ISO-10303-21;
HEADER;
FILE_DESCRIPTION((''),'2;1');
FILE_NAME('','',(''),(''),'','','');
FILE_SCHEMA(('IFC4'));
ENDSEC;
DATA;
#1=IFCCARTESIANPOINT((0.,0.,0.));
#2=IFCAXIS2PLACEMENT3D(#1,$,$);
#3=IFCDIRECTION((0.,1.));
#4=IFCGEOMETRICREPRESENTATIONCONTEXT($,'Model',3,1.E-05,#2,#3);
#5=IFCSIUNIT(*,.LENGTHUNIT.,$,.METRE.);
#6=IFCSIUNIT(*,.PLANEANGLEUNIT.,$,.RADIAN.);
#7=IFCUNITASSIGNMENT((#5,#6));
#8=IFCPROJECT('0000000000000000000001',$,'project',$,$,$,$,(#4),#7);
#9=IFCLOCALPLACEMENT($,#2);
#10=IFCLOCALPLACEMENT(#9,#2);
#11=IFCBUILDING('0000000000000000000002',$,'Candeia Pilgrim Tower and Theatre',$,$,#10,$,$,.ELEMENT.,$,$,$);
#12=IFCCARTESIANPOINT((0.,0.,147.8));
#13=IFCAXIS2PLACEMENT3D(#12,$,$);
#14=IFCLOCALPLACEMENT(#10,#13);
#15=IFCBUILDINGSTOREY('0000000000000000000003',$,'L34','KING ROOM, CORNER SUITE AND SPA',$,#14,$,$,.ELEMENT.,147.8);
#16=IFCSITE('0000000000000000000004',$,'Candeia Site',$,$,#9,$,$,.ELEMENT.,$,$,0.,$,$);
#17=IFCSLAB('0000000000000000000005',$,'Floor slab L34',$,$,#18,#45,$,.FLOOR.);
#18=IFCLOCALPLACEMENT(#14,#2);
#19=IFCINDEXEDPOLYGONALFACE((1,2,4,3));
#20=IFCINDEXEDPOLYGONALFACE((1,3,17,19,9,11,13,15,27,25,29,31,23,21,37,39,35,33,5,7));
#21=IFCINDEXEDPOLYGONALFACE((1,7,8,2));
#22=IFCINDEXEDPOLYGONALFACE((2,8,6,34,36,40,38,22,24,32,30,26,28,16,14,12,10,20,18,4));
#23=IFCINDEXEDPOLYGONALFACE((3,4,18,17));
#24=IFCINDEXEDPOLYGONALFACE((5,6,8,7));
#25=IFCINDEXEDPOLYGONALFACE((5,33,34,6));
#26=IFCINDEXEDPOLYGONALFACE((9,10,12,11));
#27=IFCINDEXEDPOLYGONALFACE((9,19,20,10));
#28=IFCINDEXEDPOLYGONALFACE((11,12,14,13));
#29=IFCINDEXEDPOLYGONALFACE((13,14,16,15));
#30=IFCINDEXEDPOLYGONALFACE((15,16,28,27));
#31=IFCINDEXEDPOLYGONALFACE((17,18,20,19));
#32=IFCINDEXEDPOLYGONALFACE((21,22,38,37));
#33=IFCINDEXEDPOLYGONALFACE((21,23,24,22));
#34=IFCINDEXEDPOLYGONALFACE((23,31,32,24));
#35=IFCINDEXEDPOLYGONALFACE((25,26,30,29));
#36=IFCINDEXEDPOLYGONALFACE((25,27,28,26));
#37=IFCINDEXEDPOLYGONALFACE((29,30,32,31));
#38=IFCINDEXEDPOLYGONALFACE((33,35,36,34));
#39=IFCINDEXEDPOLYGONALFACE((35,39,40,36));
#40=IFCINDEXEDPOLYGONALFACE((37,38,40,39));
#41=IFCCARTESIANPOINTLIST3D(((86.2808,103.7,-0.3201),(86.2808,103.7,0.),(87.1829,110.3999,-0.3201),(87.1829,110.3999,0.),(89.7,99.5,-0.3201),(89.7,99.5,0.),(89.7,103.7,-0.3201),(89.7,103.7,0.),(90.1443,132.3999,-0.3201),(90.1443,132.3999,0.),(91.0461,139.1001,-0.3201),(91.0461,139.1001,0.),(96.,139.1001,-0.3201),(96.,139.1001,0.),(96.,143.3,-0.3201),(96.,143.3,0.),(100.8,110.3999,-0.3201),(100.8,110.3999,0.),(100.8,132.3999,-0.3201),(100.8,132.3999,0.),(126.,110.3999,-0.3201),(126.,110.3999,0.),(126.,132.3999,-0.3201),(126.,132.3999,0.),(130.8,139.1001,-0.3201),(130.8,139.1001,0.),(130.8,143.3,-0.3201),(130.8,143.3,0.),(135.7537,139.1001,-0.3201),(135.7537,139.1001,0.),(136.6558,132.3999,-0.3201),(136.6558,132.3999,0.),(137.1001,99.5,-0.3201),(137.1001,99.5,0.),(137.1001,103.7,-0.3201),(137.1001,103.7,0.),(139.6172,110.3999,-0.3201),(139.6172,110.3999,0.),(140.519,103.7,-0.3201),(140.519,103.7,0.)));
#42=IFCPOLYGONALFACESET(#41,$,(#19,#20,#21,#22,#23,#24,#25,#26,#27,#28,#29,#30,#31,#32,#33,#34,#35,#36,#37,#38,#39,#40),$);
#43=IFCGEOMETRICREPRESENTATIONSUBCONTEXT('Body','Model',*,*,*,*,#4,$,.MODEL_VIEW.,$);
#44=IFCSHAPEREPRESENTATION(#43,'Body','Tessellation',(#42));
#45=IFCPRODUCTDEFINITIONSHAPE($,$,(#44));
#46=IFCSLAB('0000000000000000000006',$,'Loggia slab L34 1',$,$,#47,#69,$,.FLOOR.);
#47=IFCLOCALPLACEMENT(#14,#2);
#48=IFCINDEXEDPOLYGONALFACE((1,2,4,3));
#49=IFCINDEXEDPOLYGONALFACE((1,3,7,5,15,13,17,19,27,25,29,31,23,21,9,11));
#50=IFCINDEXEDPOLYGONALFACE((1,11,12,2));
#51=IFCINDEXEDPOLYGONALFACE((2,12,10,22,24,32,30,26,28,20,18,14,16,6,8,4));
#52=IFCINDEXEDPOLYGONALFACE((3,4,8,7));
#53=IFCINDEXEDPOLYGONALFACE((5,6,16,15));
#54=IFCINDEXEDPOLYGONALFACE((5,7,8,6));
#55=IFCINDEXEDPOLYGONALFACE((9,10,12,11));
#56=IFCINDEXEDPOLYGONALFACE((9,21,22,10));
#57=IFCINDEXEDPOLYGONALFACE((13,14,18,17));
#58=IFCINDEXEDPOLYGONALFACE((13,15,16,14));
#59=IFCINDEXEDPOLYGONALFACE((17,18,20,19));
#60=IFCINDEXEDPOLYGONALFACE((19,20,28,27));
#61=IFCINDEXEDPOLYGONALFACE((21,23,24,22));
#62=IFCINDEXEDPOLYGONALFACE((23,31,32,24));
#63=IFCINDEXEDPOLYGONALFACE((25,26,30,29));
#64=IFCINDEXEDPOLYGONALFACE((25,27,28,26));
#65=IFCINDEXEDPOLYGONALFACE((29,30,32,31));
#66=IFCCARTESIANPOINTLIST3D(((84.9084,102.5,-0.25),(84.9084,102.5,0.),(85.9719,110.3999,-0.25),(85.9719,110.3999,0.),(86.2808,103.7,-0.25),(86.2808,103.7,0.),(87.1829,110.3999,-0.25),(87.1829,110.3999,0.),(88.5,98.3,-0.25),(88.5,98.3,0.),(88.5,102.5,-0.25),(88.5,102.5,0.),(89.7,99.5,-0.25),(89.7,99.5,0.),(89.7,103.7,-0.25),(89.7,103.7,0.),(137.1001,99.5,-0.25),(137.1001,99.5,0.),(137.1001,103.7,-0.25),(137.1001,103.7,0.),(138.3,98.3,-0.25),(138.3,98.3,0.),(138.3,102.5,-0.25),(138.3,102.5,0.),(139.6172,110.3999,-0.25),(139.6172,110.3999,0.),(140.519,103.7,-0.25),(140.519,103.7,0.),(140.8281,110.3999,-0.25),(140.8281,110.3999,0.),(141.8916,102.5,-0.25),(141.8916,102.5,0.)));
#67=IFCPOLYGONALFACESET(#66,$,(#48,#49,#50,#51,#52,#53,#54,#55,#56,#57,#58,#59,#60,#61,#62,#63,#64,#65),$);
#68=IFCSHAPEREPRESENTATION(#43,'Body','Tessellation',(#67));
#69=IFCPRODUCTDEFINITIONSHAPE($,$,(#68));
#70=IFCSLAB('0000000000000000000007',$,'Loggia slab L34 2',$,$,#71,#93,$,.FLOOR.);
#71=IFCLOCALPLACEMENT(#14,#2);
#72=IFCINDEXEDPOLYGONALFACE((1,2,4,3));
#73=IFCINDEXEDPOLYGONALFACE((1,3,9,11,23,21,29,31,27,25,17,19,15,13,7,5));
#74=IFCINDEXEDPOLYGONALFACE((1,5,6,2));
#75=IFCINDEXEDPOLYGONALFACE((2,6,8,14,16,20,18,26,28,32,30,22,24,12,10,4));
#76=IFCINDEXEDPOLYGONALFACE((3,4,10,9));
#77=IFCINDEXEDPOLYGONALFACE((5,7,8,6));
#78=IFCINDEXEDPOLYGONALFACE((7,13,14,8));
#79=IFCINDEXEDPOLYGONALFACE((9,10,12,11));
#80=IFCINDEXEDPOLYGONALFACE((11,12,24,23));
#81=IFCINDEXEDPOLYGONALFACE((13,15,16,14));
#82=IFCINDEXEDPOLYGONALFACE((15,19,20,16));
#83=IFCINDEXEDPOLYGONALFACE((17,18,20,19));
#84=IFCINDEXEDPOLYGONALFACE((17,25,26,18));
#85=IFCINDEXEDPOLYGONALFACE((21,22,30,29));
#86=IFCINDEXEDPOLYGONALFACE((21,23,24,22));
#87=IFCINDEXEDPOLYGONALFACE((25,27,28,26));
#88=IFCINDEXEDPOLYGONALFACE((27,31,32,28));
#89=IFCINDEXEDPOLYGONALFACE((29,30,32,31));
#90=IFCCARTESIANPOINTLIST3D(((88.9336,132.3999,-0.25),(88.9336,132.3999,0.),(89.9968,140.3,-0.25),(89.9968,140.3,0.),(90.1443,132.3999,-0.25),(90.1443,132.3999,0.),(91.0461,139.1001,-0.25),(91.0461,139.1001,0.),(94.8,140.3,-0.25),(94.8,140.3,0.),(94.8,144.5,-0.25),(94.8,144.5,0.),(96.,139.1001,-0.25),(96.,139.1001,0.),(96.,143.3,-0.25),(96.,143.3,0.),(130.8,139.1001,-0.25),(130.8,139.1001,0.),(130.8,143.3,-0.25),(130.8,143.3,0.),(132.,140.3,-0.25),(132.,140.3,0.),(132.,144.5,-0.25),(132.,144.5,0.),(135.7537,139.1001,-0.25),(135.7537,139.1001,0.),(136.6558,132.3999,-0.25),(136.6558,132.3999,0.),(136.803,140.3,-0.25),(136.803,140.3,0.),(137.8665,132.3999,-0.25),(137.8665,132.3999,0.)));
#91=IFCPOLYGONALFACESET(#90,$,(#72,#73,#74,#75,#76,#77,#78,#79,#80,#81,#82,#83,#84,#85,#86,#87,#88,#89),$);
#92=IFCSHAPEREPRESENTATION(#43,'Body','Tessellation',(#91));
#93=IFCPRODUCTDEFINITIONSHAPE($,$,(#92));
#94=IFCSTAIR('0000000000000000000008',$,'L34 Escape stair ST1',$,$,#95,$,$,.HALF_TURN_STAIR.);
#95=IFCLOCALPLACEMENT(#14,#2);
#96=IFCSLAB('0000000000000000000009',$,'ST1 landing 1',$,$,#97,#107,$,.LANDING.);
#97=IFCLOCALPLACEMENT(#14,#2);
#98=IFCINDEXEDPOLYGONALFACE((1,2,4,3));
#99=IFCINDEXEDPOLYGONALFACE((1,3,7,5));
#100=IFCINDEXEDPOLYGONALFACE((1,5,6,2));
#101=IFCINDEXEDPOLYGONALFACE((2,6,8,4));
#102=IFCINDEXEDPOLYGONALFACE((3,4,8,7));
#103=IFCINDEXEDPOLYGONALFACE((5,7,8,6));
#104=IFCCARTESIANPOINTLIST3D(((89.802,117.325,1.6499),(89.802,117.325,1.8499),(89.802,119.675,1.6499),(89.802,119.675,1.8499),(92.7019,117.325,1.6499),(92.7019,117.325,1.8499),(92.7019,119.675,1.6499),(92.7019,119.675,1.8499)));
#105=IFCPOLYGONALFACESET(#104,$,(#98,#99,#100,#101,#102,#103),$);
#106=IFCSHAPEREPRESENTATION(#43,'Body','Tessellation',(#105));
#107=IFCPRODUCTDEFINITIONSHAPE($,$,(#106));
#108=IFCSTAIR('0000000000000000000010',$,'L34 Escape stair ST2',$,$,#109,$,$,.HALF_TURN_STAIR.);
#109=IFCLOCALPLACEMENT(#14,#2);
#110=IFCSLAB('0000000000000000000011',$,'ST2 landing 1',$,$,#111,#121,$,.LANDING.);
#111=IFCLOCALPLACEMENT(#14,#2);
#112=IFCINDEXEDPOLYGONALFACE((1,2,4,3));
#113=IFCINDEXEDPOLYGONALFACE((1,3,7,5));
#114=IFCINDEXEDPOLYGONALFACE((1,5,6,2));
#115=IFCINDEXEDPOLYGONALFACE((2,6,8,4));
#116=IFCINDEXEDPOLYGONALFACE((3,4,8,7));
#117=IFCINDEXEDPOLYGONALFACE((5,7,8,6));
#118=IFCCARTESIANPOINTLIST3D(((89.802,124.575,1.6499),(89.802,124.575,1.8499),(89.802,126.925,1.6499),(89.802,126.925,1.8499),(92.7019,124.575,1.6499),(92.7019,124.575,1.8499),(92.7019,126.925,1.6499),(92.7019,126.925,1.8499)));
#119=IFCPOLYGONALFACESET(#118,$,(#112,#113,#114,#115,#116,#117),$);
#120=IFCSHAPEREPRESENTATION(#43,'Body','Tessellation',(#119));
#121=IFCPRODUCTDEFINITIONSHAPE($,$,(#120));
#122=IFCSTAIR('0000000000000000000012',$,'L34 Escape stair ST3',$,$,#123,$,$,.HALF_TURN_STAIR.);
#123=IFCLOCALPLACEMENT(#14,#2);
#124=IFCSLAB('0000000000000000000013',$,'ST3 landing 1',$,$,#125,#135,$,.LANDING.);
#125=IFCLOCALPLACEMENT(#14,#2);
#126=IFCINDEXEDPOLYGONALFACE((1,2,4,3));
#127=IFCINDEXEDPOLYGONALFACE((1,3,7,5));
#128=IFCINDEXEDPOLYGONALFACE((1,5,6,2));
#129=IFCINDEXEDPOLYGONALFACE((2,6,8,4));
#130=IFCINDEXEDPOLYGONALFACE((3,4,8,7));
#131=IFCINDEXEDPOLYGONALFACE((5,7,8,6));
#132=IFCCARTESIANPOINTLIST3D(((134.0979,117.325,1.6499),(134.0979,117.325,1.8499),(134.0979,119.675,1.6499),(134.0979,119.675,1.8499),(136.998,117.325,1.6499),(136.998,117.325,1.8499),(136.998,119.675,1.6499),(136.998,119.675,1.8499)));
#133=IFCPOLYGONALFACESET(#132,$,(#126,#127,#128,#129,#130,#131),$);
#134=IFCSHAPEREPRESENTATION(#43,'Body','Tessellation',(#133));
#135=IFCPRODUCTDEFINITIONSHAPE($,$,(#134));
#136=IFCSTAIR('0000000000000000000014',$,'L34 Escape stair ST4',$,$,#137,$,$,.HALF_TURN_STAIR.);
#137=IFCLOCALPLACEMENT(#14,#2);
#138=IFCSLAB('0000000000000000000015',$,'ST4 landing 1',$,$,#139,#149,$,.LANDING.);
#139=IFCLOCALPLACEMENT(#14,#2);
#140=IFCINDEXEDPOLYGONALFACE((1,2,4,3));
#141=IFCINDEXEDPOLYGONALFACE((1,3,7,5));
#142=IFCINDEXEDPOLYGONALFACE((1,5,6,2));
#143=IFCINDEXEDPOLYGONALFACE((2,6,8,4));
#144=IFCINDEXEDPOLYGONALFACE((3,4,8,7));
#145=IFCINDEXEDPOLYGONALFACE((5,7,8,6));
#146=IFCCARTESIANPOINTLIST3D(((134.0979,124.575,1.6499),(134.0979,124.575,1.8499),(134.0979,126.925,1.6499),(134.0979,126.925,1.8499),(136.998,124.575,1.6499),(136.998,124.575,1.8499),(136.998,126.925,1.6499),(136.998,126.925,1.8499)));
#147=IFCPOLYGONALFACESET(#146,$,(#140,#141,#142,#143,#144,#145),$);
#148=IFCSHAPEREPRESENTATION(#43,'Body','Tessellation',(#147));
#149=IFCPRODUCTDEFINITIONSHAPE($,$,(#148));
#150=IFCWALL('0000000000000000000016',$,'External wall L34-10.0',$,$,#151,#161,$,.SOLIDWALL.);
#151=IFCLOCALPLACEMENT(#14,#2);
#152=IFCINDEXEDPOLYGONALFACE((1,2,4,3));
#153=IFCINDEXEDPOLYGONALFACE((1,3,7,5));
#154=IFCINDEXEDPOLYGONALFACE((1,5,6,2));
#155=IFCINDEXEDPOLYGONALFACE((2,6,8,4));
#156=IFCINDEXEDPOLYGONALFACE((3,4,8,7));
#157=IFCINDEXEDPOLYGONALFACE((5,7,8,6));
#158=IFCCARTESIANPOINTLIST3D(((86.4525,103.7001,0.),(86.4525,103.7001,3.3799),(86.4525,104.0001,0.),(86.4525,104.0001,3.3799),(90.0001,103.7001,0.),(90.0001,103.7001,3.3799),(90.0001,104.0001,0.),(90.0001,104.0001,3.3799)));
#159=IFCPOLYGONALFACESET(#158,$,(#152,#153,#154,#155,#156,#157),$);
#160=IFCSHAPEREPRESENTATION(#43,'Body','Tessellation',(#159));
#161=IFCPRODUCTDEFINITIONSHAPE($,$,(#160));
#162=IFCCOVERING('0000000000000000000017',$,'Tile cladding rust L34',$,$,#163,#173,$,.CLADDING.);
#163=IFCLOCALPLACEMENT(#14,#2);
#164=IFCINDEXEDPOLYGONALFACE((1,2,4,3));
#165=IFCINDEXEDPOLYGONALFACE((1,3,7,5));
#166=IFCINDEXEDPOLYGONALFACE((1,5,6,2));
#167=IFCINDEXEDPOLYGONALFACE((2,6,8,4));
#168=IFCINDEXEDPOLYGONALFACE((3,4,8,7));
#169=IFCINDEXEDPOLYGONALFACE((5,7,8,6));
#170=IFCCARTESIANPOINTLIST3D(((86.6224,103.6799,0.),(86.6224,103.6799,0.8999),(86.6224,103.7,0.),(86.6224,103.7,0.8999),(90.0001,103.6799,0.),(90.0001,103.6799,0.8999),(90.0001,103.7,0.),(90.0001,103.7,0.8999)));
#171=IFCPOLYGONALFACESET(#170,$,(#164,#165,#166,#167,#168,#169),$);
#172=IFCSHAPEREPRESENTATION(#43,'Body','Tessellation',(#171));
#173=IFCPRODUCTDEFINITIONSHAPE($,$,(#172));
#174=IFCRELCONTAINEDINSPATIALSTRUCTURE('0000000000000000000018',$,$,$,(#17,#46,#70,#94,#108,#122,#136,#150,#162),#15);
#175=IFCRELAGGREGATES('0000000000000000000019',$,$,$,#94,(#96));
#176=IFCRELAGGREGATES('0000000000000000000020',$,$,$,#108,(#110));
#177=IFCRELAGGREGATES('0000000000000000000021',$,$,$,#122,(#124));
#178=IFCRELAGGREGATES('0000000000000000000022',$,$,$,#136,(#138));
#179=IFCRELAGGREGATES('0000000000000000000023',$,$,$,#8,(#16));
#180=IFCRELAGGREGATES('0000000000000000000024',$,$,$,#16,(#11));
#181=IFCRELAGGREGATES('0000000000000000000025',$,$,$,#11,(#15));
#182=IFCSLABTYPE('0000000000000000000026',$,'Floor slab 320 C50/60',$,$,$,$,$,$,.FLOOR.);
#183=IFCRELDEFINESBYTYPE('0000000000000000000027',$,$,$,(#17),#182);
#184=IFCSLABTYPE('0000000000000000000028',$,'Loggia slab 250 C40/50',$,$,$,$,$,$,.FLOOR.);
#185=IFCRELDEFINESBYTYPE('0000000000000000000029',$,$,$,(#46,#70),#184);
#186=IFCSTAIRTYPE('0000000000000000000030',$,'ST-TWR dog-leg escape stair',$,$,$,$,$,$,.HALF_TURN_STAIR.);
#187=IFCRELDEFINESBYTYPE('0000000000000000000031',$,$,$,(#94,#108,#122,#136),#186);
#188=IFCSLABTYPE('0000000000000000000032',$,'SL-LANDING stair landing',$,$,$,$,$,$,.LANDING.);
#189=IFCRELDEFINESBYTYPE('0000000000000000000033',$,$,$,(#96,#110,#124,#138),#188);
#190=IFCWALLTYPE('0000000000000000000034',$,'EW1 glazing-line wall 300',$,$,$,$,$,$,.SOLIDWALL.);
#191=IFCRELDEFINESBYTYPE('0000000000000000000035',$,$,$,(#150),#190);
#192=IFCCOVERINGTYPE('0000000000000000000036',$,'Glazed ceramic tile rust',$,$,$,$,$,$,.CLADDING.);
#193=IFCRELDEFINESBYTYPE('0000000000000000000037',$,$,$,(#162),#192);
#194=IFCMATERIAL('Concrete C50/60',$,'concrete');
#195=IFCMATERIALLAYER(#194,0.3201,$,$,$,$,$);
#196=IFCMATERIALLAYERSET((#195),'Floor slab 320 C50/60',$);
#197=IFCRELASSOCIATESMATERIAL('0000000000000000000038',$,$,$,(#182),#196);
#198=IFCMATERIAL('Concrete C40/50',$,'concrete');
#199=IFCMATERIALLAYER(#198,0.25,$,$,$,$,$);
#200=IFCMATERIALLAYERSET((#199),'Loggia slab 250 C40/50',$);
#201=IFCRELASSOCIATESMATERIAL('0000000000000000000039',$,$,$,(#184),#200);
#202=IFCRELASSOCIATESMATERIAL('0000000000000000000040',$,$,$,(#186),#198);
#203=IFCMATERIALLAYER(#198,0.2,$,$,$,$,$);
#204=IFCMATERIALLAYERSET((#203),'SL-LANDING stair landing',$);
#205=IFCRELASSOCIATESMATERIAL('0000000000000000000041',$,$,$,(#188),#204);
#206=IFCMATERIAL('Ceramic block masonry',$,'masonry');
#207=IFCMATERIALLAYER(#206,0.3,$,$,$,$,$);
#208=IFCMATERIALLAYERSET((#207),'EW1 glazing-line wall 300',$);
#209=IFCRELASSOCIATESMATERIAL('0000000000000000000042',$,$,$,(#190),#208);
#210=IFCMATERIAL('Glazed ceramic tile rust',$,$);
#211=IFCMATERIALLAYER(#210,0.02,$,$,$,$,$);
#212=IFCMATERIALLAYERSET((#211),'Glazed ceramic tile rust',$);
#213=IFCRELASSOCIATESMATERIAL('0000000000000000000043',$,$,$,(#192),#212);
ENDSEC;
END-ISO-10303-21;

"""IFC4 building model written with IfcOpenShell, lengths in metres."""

from ifc_helpers import new_model, si_unit, direction, frame, frame_2d, origin, origin_2d, place, context, subcontext, project, spatial, polyline, rectangle, outline, extrude, material, layer, layer_set, type_object, element, aggregate, save


model = new_model("IFC4")

# Units and contexts
model_context = context("Model", 3, precision=1e-05, world=origin(), true_north=direction((0.0, 1.0)))
body_context = subcontext(model_context, "Body", "Model", "MODEL_VIEW")
ifc_project = project(units=[si_unit("LENGTHUNIT", "METRE"), si_unit("PLANEANGLEUNIT", "RADIAN")], contexts=[model_context])

# Site, building, storey
site_placement = place(None, origin())
site = spatial("IfcSite", under=ifc_project, at=site_placement, Name="Candeia Site", CompositionType="ELEMENT", RefElevation=0.0)
building_placement = place(site_placement, origin())
building = spatial("IfcBuilding", under=site, at=building_placement, Name="Candeia Pilgrim Tower and Theatre", CompositionType="ELEMENT")
storey_placement = place(building_placement, frame((0.0, 0.0, 147.8)))
storey = spatial("IfcBuildingStorey", under=building, at=storey_placement, Name="L34", Description="KING ROOM, CORNER SUITE AND SPA", CompositionType="ELEMENT", Elevation=147.8)

# Slabs
ifc_material_1 = material(Name="Concrete C40/50", Category="concrete")
ifc_material_2 = material(Name="Concrete C50/60", Category="concrete")
ifc_layer_1 = layer(ifc_material_2, 0.3201)
ifc_layer_set_1 = layer_set([ifc_layer_1], Name="Floor slab 320 C50/60")
slab_type_1 = type_object("IfcSlabType", Name="Floor slab 320 C50/60", PredefinedType="FLOOR", material=ifc_layer_set_1)
slab_1_placement = place(storey_placement, frame((0.0, 0.0, -0.3201)))
element("IfcSlab", 1, at=slab_1_placement, inside=storey, type_object=slab_type_1, Name="Floor slab L34", PredefinedType="FLOOR", context=body_context, shape_type="SweptSolid", body=[
    extrude(outline(polyline([(96.0, 139.1001), (96.0, 143.3), (130.8, 143.3), (130.8, 139.1001), (135.7537, 139.1001), (136.6558, 132.3999), (126.0, 132.3999), (126.0, 110.3999), (139.6172, 110.3999), (140.519, 103.7), (137.1001, 103.7), (137.1001, 99.5), (89.7, 99.5), (89.7, 103.7), (86.2808, 103.7), (87.1829, 110.3999), (100.8, 110.3999), (100.8, 132.3999), (90.1443, 132.3999), (91.0461, 139.1001), (96.0, 139.1001)])), origin(), (0.0, 0.0, 1.0), 0.3201),
])
ifc_layer_2 = layer(ifc_material_1, 0.25)
ifc_layer_set_2 = layer_set([ifc_layer_2], Name="Loggia slab 250 C40/50")
slab_type_2 = type_object("IfcSlabType", Name="Loggia slab 250 C40/50", PredefinedType="FLOOR", material=ifc_layer_set_2)
slab_2_placement = place(storey_placement, frame((0.0, 0.0, -0.25)))
element("IfcSlab", 2, at=slab_2_placement, inside=storey, type_object=slab_type_2, Name="Loggia slab L34 1", PredefinedType="FLOOR", context=body_context, shape_type="SweptSolid", body=[
    extrude(outline(polyline([(87.1829, 110.3999), (86.2808, 103.7), (89.7, 103.7), (89.7, 99.5), (137.1001, 99.5), (137.1001, 103.7), (140.519, 103.7), (139.6172, 110.3999), (140.8281, 110.3999), (141.8916, 102.5), (138.3, 102.5), (138.3, 98.3), (88.5, 98.3), (88.5, 102.5), (84.9084, 102.5), (85.9719, 110.3999), (87.1829, 110.3999)])), origin(), (0.0, 0.0, 1.0), 0.25),
])
slab_3_placement = place(storey_placement, frame((0.0, 0.0, -0.25)))
element("IfcSlab", 3, at=slab_3_placement, inside=storey, type_object=slab_type_2, Name="Loggia slab L34 2", PredefinedType="FLOOR", context=body_context, shape_type="SweptSolid", body=[
    extrude(outline(polyline([(136.6558, 132.3999), (135.7537, 139.1001), (130.8, 139.1001), (130.8, 143.3), (96.0, 143.3), (96.0, 139.1001), (91.0461, 139.1001), (90.1443, 132.3999), (88.9336, 132.3999), (89.9968, 140.3), (94.8, 140.3), (94.8, 144.5), (132.0, 144.5), (132.0, 140.3), (136.803, 140.3), (137.8665, 132.3999), (136.6558, 132.3999)])), origin(), (0.0, 0.0, 1.0), 0.25),
])

# Stairs, slabs
stair_type = type_object("IfcStairType", Name="ST-TWR dog-leg escape stair", PredefinedType="HALF_TURN_STAIR", material=ifc_material_1)
stair_1_placement = place(storey_placement, origin())
stair_1 = element("IfcStair", 4, at=stair_1_placement, inside=storey, type_object=stair_type, Name="L34 Escape stair ST1", PredefinedType="HALF_TURN_STAIR")
ifc_layer_3 = layer(ifc_material_1, 0.2)
ifc_layer_set_3 = layer_set([ifc_layer_3], Name="SL-LANDING stair landing")
slab_type_3 = type_object("IfcSlabType", Name="SL-LANDING stair landing", PredefinedType="LANDING", material=ifc_layer_set_3)
slab_4_placement = place(storey_placement, frame((0.0, 0.0, 1.6499)))
slab_4 = element("IfcSlab", 5, at=slab_4_placement, type_object=slab_type_3, Name="ST1 landing 1", PredefinedType="LANDING", context=body_context, shape_type="SweptSolid", body=[
    extrude(outline(polyline([(89.802, 119.675), (89.802, 117.325), (92.7019, 117.325), (92.7019, 119.675), (89.802, 119.675)])), origin(), (0.0, 0.0, 1.0), 0.2),
])
aggregate(stair_1, [slab_4])
stair_2_placement = place(storey_placement, origin())
stair_2 = element("IfcStair", 6, at=stair_2_placement, inside=storey, type_object=stair_type, Name="L34 Escape stair ST2", PredefinedType="HALF_TURN_STAIR")
slab_5_placement = place(storey_placement, frame((0.0, 0.0, 1.6499)))
slab_5 = element("IfcSlab", 7, at=slab_5_placement, type_object=slab_type_3, Name="ST2 landing 1", PredefinedType="LANDING", context=body_context, shape_type="SweptSolid", body=[
    extrude(outline(polyline([(89.802, 126.925), (89.802, 124.575), (92.7019, 124.575), (92.7019, 126.925), (89.802, 126.925)])), origin(), (0.0, 0.0, 1.0), 0.2),
])
aggregate(stair_2, [slab_5])
stair_3_placement = place(storey_placement, origin())
stair_3 = element("IfcStair", 8, at=stair_3_placement, inside=storey, type_object=stair_type, Name="L34 Escape stair ST3", PredefinedType="HALF_TURN_STAIR")
slab_6_placement = place(storey_placement, frame((0.0, 0.0, 1.6499)))
slab_6 = element("IfcSlab", 9, at=slab_6_placement, type_object=slab_type_3, Name="ST3 landing 1", PredefinedType="LANDING", context=body_context, shape_type="SweptSolid", body=[
    extrude(outline(polyline([(134.0979, 119.675), (134.0979, 117.325), (136.998, 117.325), (136.998, 119.675), (134.0979, 119.675)])), origin(), (0.0, 0.0, 1.0), 0.2),
])
aggregate(stair_3, [slab_6])
stair_4_placement = place(storey_placement, origin())
stair_4 = element("IfcStair", 10, at=stair_4_placement, inside=storey, type_object=stair_type, Name="L34 Escape stair ST4", PredefinedType="HALF_TURN_STAIR")
slab_7_placement = place(storey_placement, frame((0.0, 0.0, 1.6499)))
slab_7 = element("IfcSlab", 11, at=slab_7_placement, type_object=slab_type_3, Name="ST4 landing 1", PredefinedType="LANDING", context=body_context, shape_type="SweptSolid", body=[
    extrude(outline(polyline([(134.0979, 126.925), (134.0979, 124.575), (136.998, 124.575), (136.998, 126.925), (134.0979, 126.925)])), origin(), (0.0, 0.0, 1.0), 0.2),
])
aggregate(stair_4, [slab_7])

# Wall
ifc_material_3 = material(Name="Ceramic block masonry", Category="masonry")
ifc_layer_4 = layer(ifc_material_3, 0.3)
ifc_layer_set_4 = layer_set([ifc_layer_4], Name="EW1 glazing-line wall 300")
wall_type = type_object("IfcWallType", Name="EW1 glazing-line wall 300", PredefinedType="SOLIDWALL", material=ifc_layer_set_4)
wall_placement = place(storey_placement, frame((86.4524, 103.8501, 0.0), z_axis=(0.0, 0.0, 1.0), x_axis=(1.0, 0.0, 0.0)))
element("IfcWall", 12, at=wall_placement, inside=storey, type_object=wall_type, Name="External wall L34-10.0", PredefinedType="SOLIDWALL", context=body_context, shape_type="SweptSolid", body=[
    extrude(rectangle(XDim=3.5476, YDim=0.3, at=frame_2d((1.7739, 0.0))), origin(), (0.0, 0.0, 1.0), 3.3799),
])

# Covering
ifc_material_4 = material(Name="Glazed ceramic tile rust")
ifc_layer_5 = layer(ifc_material_4, 0.02)
ifc_layer_set_5 = layer_set([ifc_layer_5], Name="Glazed ceramic tile rust")
covering_type = type_object("IfcCoveringType", Name="Glazed ceramic tile rust", PredefinedType="CLADDING", material=ifc_layer_set_5)
covering_placement = place(storey_placement, frame((88.3113, 103.6899, 0.0), z_axis=(0.0, 0.0, 1.0), x_axis=(1.0, 0.0, 0.0)))
element("IfcCovering", 13, at=covering_placement, inside=storey, type_object=covering_type, Name="Tile cladding rust L34", PredefinedType="CLADDING", context=body_context, shape_type="SweptSolid", body=[
    extrude(rectangle(XDim=3.3777, YDim=0.02, at=origin_2d()), origin(), (0.0, 0.0, 1.0), 0.8999),
])

save(model, "model.ifc")
